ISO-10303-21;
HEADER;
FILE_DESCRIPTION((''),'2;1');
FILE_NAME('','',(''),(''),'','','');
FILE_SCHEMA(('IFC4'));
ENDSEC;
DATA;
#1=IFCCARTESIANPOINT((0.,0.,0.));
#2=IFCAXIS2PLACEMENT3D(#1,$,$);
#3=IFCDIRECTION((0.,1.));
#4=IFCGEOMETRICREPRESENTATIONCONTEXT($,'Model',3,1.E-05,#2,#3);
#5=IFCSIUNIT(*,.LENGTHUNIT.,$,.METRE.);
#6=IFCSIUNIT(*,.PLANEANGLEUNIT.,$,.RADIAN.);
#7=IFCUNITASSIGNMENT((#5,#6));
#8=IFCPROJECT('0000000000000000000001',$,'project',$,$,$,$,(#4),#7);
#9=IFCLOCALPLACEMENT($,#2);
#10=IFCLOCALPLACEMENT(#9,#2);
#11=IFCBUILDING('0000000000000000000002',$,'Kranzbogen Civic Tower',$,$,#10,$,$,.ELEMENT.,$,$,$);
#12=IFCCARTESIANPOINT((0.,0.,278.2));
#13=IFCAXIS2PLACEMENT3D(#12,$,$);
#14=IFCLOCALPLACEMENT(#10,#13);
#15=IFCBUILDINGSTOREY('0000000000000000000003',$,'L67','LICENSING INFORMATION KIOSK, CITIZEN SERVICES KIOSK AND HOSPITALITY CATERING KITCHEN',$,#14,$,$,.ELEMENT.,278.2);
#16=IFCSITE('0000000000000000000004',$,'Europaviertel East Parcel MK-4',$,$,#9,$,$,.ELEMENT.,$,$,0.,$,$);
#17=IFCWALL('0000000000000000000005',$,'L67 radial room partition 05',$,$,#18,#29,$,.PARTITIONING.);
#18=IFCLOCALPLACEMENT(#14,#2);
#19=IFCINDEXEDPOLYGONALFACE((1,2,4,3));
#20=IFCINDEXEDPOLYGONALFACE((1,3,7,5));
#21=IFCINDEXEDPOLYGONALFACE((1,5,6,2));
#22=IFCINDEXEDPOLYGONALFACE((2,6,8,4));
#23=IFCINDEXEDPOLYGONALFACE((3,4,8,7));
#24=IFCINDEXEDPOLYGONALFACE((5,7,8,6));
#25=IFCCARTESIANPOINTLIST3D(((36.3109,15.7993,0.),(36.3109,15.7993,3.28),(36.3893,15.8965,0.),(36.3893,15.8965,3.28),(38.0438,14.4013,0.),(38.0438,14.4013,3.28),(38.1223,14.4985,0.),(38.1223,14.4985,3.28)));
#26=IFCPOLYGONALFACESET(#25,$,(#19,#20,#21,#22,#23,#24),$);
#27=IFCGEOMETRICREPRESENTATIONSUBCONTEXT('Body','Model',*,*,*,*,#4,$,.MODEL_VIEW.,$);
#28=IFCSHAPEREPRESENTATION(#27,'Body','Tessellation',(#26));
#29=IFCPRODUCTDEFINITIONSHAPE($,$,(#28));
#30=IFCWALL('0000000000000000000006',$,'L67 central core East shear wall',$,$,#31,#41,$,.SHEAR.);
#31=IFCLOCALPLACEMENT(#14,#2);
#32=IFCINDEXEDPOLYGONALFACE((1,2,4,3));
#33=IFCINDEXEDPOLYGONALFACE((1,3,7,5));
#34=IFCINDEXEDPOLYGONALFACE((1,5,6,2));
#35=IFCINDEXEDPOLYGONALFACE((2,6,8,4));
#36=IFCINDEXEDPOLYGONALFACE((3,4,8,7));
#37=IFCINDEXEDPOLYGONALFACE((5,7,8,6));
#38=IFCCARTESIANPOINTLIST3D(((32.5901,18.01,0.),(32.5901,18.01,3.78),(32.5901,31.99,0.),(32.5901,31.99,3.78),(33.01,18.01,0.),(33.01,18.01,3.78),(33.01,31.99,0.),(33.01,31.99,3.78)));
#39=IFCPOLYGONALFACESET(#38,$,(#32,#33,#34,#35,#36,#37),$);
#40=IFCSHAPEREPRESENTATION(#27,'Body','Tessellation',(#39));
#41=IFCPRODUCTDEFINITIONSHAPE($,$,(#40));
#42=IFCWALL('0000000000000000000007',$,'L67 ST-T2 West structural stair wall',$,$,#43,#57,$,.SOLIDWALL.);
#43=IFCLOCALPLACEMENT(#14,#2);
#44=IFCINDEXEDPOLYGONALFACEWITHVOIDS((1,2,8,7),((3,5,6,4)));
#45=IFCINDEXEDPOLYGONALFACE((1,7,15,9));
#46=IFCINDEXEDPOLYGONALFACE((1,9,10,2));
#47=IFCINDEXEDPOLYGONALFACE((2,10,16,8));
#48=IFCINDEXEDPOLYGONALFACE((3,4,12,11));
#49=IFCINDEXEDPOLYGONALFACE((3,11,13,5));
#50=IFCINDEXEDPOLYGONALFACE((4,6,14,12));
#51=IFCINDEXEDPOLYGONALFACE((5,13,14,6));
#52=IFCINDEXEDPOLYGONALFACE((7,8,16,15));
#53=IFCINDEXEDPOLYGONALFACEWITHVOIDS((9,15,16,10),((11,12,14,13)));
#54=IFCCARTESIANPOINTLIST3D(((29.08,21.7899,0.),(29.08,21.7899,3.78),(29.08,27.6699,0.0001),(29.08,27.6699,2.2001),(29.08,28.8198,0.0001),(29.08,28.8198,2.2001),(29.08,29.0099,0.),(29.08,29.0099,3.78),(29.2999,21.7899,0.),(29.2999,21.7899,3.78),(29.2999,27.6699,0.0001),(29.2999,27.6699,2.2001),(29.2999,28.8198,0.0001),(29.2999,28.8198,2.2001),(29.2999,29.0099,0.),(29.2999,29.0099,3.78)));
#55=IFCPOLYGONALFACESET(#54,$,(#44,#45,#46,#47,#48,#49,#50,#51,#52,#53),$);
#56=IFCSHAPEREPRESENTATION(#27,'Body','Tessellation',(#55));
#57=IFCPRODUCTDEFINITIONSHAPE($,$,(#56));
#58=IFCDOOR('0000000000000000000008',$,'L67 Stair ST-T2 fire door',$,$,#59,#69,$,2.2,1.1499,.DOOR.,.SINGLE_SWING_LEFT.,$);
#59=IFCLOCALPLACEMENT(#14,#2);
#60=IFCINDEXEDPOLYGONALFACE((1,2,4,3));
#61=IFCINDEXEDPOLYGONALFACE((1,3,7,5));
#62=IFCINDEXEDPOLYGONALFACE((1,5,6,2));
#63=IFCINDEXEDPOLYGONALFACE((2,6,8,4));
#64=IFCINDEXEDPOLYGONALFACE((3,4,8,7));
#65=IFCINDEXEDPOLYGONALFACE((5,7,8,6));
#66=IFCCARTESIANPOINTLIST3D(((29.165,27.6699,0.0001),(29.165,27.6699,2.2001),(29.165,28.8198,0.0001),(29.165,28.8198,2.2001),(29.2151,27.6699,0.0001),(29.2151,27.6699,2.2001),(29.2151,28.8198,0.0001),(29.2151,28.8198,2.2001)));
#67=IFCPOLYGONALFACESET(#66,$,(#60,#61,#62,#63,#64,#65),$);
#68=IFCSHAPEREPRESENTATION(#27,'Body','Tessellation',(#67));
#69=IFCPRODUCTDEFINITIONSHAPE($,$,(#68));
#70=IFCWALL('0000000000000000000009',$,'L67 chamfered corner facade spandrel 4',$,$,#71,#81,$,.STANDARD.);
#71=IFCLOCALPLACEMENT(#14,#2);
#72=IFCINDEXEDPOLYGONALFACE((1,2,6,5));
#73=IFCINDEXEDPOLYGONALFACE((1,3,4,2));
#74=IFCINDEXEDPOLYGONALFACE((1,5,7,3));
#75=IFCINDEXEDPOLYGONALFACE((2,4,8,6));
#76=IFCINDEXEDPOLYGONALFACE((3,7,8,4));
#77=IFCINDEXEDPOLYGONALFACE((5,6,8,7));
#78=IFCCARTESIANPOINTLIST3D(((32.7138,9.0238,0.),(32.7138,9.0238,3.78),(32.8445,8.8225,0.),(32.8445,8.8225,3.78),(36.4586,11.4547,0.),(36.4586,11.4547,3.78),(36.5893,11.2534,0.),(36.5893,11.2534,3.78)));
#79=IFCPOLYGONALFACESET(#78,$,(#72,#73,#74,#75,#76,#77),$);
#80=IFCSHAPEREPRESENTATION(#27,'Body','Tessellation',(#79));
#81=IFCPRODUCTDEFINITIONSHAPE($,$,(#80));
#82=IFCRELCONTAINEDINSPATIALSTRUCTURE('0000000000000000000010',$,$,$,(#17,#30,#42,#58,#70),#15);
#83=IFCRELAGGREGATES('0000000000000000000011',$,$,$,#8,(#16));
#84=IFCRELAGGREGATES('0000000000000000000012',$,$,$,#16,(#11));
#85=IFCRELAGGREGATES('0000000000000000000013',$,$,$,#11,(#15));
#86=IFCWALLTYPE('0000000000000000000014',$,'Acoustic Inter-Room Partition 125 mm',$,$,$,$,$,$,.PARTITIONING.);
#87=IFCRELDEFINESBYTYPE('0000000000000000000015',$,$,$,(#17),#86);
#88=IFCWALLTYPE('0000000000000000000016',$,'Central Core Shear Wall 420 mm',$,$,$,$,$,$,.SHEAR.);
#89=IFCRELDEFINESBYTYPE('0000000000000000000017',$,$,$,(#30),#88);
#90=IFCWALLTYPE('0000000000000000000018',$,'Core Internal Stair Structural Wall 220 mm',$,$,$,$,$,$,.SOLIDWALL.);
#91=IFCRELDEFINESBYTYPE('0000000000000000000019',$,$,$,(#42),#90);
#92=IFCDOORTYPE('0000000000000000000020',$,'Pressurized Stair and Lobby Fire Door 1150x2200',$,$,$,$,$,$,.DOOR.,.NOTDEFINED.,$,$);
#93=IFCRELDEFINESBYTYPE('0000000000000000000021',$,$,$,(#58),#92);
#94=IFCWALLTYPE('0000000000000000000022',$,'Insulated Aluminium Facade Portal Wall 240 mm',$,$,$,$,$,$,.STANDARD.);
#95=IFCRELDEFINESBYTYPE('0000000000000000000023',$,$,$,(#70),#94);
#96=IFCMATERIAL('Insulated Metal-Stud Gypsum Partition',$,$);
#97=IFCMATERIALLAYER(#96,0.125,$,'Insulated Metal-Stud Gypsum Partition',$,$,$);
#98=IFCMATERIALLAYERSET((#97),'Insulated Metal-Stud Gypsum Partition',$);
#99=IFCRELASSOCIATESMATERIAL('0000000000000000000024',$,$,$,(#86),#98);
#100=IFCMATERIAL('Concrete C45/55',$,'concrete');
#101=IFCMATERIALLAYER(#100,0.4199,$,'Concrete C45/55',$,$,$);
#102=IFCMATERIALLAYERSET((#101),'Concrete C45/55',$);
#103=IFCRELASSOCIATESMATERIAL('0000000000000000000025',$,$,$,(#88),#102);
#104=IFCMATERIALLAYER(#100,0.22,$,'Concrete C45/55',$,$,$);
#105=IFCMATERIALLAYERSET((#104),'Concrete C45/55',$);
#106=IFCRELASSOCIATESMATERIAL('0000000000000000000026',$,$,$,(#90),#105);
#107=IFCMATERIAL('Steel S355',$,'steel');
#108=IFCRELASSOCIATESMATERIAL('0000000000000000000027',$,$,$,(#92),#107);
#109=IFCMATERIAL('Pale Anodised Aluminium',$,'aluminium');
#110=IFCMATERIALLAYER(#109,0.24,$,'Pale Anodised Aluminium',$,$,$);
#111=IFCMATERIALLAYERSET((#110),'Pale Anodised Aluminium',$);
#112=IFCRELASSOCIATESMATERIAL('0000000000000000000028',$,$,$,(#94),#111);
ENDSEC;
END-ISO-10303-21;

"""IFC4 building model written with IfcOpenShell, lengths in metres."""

from ifc_helpers import new_model, si_unit, direction, frame, frame_2d, origin, place, context, subcontext, project, spatial, rectangle, extrude, material, layer, layer_set, type_object, element, fill, save


model = new_model("IFC4")

# Units and contexts
model_context = context("Model", 3, precision=1e-05, world=origin(), true_north=direction((0.0, 1.0)))
body_context = subcontext(model_context, "Body", "Model", "MODEL_VIEW")
ifc_project = project(units=[si_unit("LENGTHUNIT", "METRE"), si_unit("PLANEANGLEUNIT", "RADIAN")], contexts=[model_context])

# Site, building, storey
site_placement = place(None, origin())
site = spatial("IfcSite", under=ifc_project, at=site_placement, Name="Europaviertel East Parcel MK-4", CompositionType="ELEMENT", RefElevation=0.0)
building_placement = place(site_placement, origin())
building = spatial("IfcBuilding", under=site, at=building_placement, Name="Kranzbogen Civic Tower", CompositionType="ELEMENT")
storey_placement = place(building_placement, frame((0.0, 0.0, 278.2)))
storey = spatial("IfcBuildingStorey", under=building, at=storey_placement, Name="L67", Description="LICENSING INFORMATION KIOSK, CITIZEN SERVICES KIOSK AND HOSPITALITY CATERING KITCHEN", CompositionType="ELEMENT", Elevation=278.2)

# Shared definitions
ifc_material_1 = material(Name="Steel S355", Category="steel")

# Shared definitions
ifc_material_2 = material(Name="Pale Anodised Aluminium", Category="aluminium")

# Walls
ifc_material_3 = material(Name="Insulated Metal-Stud Gypsum Partition")
ifc_layer_1 = layer(ifc_material_3, 0.125, Name="Insulated Metal-Stud Gypsum Partition")
ifc_layer_set_1 = layer_set([ifc_layer_1], Name="Insulated Metal-Stud Gypsum Partition")
wall_type_1 = type_object("IfcWallType", Name="Acoustic Inter-Room Partition 125 mm", PredefinedType="PARTITIONING", material=ifc_layer_set_1)
wall_1_placement = place(storey_placement, frame((36.3501, 15.8479, 0.0), z_axis=(0.0, 0.0, 1.0), x_axis=(0.778316, -0.627872, 0.0)))
element("IfcWall", 1, at=wall_1_placement, inside=storey, type_object=wall_type_1, Name="L67 radial room partition 05", PredefinedType="PARTITIONING", context=body_context, shape_type="SweptSolid", body=[
    extrude(rectangle(XDim=2.2266, YDim=0.125, at=frame_2d((1.1133, 0.0))), origin(), (0.0, 0.0, 1.0), 3.28),
])
ifc_material_4 = material(Name="Concrete C45/55", Category="concrete")
ifc_layer_2 = layer(ifc_material_4, 0.4199, Name="Concrete C45/55")
ifc_layer_set_2 = layer_set([ifc_layer_2], Name="Concrete C45/55")
wall_type_2 = type_object("IfcWallType", Name="Central Core Shear Wall 420 mm", PredefinedType="SHEAR", material=ifc_layer_set_2)
wall_2_placement = place(storey_placement, frame((32.8, 18.01, 0.0), z_axis=(0.0, 0.0, 1.0), x_axis=(0.0, 1.0, 0.0)))
element("IfcWall", 2, at=wall_2_placement, inside=storey, type_object=wall_type_2, Name="L67 central core East shear wall", PredefinedType="SHEAR", context=body_context, shape_type="SweptSolid", body=[
    extrude(rectangle(XDim=13.98, YDim=0.4199, at=frame_2d((6.99, 0.0))), origin(), (0.0, 0.0, 1.0), 3.78),
])

# Wall, opening, door
ifc_layer_3 = layer(ifc_material_4, 0.22, Name="Concrete C45/55")
ifc_layer_set_3 = layer_set([ifc_layer_3], Name="Concrete C45/55")
wall_type_3 = type_object("IfcWallType", Name="Core Internal Stair Structural Wall 220 mm", PredefinedType="SOLIDWALL", material=ifc_layer_set_3)
wall_3_placement = place(storey_placement, frame((29.1899, 21.79, 0.0), z_axis=(0.0, 0.0, 1.0), x_axis=(0.0, 1.0, 0.0)))
wall_3 = element("IfcWall", 3, at=wall_3_placement, inside=storey, type_object=wall_type_3, Name="L67 ST-T2 West structural stair wall", PredefinedType="SOLIDWALL", context=body_context, shape_type="SweptSolid", body=[
    extrude(rectangle(XDim=7.22, YDim=0.22, at=frame_2d((3.6099, 0.0))), origin(), (0.0, 0.0, 1.0), 3.78),
])
opening_1_placement = place(wall_3_placement, frame((5.8799, 0.0, 0.0)))
opening_1 = element("IfcOpeningElement", 4, at=opening_1_placement, cuts=wall_3, PredefinedType="OPENING", context=body_context, shape_type="SweptSolid", body=[
    extrude(rectangle(XDim=1.1499, YDim=2.2, at=frame_2d((0.575, 1.1001))), frame((0.0, 0.1201, 0.0), z_axis=(0.0, -1.0, 0.0), x_axis=(1.0, 0.0, 0.0)), (0.0, 0.0, 1.0), 0.24),
])
door_type_1 = type_object("IfcDoorType", Name="Pressurized Stair and Lobby Fire Door 1150x2200", OperationType="NOTDEFINED", PredefinedType="DOOR", material=ifc_material_1)
door_1_placement = place(opening_1_placement, origin())
door_1 = element("IfcDoor", 5, at=door_1_placement, inside=storey, type_object=door_type_1, Name="L67 Stair ST-T2 fire door", OperationType="SINGLE_SWING_LEFT", OverallHeight=2.2, OverallWidth=1.1499, PredefinedType="DOOR", context=body_context, shape_type="SweptSolid", body=[
    extrude(rectangle(XDim=1.1499, YDim=2.2, at=frame_2d((0.575, 1.1001))), frame((0.0, 0.0249, 0.0), z_axis=(0.0, -1.0, 0.0), x_axis=(1.0, 0.0, 0.0)), (0.0, 0.0, 1.0), 0.05),
])
fill(opening_1, door_1)

# Wall
ifc_layer_4 = layer(ifc_material_2, 0.24, Name="Pale Anodised Aluminium")
ifc_layer_set_4 = layer_set([ifc_layer_4], Name="Pale Anodised Aluminium")
wall_type_4 = type_object("IfcWallType", Name="Insulated Aluminium Facade Portal Wall 240 mm", PredefinedType="STANDARD", material=ifc_layer_set_4)
wall_4_placement = place(storey_placement, frame((32.7791, 8.9231, 0.0), z_axis=(0.0, 0.0, 1.0), x_axis=(0.838777, 0.544475, 0.0)))
element("IfcWall", 6, at=wall_4_placement, inside=storey, type_object=wall_type_4, Name="L67 chamfered corner facade spandrel 4", PredefinedType="STANDARD", context=body_context, shape_type="SweptSolid", body=[
    extrude(rectangle(XDim=4.4646, YDim=0.24, at=frame_2d((2.2324, 0.0))), origin(), (0.0, 0.0, 1.0), 3.78),
])

save(model, "model.ifc")
